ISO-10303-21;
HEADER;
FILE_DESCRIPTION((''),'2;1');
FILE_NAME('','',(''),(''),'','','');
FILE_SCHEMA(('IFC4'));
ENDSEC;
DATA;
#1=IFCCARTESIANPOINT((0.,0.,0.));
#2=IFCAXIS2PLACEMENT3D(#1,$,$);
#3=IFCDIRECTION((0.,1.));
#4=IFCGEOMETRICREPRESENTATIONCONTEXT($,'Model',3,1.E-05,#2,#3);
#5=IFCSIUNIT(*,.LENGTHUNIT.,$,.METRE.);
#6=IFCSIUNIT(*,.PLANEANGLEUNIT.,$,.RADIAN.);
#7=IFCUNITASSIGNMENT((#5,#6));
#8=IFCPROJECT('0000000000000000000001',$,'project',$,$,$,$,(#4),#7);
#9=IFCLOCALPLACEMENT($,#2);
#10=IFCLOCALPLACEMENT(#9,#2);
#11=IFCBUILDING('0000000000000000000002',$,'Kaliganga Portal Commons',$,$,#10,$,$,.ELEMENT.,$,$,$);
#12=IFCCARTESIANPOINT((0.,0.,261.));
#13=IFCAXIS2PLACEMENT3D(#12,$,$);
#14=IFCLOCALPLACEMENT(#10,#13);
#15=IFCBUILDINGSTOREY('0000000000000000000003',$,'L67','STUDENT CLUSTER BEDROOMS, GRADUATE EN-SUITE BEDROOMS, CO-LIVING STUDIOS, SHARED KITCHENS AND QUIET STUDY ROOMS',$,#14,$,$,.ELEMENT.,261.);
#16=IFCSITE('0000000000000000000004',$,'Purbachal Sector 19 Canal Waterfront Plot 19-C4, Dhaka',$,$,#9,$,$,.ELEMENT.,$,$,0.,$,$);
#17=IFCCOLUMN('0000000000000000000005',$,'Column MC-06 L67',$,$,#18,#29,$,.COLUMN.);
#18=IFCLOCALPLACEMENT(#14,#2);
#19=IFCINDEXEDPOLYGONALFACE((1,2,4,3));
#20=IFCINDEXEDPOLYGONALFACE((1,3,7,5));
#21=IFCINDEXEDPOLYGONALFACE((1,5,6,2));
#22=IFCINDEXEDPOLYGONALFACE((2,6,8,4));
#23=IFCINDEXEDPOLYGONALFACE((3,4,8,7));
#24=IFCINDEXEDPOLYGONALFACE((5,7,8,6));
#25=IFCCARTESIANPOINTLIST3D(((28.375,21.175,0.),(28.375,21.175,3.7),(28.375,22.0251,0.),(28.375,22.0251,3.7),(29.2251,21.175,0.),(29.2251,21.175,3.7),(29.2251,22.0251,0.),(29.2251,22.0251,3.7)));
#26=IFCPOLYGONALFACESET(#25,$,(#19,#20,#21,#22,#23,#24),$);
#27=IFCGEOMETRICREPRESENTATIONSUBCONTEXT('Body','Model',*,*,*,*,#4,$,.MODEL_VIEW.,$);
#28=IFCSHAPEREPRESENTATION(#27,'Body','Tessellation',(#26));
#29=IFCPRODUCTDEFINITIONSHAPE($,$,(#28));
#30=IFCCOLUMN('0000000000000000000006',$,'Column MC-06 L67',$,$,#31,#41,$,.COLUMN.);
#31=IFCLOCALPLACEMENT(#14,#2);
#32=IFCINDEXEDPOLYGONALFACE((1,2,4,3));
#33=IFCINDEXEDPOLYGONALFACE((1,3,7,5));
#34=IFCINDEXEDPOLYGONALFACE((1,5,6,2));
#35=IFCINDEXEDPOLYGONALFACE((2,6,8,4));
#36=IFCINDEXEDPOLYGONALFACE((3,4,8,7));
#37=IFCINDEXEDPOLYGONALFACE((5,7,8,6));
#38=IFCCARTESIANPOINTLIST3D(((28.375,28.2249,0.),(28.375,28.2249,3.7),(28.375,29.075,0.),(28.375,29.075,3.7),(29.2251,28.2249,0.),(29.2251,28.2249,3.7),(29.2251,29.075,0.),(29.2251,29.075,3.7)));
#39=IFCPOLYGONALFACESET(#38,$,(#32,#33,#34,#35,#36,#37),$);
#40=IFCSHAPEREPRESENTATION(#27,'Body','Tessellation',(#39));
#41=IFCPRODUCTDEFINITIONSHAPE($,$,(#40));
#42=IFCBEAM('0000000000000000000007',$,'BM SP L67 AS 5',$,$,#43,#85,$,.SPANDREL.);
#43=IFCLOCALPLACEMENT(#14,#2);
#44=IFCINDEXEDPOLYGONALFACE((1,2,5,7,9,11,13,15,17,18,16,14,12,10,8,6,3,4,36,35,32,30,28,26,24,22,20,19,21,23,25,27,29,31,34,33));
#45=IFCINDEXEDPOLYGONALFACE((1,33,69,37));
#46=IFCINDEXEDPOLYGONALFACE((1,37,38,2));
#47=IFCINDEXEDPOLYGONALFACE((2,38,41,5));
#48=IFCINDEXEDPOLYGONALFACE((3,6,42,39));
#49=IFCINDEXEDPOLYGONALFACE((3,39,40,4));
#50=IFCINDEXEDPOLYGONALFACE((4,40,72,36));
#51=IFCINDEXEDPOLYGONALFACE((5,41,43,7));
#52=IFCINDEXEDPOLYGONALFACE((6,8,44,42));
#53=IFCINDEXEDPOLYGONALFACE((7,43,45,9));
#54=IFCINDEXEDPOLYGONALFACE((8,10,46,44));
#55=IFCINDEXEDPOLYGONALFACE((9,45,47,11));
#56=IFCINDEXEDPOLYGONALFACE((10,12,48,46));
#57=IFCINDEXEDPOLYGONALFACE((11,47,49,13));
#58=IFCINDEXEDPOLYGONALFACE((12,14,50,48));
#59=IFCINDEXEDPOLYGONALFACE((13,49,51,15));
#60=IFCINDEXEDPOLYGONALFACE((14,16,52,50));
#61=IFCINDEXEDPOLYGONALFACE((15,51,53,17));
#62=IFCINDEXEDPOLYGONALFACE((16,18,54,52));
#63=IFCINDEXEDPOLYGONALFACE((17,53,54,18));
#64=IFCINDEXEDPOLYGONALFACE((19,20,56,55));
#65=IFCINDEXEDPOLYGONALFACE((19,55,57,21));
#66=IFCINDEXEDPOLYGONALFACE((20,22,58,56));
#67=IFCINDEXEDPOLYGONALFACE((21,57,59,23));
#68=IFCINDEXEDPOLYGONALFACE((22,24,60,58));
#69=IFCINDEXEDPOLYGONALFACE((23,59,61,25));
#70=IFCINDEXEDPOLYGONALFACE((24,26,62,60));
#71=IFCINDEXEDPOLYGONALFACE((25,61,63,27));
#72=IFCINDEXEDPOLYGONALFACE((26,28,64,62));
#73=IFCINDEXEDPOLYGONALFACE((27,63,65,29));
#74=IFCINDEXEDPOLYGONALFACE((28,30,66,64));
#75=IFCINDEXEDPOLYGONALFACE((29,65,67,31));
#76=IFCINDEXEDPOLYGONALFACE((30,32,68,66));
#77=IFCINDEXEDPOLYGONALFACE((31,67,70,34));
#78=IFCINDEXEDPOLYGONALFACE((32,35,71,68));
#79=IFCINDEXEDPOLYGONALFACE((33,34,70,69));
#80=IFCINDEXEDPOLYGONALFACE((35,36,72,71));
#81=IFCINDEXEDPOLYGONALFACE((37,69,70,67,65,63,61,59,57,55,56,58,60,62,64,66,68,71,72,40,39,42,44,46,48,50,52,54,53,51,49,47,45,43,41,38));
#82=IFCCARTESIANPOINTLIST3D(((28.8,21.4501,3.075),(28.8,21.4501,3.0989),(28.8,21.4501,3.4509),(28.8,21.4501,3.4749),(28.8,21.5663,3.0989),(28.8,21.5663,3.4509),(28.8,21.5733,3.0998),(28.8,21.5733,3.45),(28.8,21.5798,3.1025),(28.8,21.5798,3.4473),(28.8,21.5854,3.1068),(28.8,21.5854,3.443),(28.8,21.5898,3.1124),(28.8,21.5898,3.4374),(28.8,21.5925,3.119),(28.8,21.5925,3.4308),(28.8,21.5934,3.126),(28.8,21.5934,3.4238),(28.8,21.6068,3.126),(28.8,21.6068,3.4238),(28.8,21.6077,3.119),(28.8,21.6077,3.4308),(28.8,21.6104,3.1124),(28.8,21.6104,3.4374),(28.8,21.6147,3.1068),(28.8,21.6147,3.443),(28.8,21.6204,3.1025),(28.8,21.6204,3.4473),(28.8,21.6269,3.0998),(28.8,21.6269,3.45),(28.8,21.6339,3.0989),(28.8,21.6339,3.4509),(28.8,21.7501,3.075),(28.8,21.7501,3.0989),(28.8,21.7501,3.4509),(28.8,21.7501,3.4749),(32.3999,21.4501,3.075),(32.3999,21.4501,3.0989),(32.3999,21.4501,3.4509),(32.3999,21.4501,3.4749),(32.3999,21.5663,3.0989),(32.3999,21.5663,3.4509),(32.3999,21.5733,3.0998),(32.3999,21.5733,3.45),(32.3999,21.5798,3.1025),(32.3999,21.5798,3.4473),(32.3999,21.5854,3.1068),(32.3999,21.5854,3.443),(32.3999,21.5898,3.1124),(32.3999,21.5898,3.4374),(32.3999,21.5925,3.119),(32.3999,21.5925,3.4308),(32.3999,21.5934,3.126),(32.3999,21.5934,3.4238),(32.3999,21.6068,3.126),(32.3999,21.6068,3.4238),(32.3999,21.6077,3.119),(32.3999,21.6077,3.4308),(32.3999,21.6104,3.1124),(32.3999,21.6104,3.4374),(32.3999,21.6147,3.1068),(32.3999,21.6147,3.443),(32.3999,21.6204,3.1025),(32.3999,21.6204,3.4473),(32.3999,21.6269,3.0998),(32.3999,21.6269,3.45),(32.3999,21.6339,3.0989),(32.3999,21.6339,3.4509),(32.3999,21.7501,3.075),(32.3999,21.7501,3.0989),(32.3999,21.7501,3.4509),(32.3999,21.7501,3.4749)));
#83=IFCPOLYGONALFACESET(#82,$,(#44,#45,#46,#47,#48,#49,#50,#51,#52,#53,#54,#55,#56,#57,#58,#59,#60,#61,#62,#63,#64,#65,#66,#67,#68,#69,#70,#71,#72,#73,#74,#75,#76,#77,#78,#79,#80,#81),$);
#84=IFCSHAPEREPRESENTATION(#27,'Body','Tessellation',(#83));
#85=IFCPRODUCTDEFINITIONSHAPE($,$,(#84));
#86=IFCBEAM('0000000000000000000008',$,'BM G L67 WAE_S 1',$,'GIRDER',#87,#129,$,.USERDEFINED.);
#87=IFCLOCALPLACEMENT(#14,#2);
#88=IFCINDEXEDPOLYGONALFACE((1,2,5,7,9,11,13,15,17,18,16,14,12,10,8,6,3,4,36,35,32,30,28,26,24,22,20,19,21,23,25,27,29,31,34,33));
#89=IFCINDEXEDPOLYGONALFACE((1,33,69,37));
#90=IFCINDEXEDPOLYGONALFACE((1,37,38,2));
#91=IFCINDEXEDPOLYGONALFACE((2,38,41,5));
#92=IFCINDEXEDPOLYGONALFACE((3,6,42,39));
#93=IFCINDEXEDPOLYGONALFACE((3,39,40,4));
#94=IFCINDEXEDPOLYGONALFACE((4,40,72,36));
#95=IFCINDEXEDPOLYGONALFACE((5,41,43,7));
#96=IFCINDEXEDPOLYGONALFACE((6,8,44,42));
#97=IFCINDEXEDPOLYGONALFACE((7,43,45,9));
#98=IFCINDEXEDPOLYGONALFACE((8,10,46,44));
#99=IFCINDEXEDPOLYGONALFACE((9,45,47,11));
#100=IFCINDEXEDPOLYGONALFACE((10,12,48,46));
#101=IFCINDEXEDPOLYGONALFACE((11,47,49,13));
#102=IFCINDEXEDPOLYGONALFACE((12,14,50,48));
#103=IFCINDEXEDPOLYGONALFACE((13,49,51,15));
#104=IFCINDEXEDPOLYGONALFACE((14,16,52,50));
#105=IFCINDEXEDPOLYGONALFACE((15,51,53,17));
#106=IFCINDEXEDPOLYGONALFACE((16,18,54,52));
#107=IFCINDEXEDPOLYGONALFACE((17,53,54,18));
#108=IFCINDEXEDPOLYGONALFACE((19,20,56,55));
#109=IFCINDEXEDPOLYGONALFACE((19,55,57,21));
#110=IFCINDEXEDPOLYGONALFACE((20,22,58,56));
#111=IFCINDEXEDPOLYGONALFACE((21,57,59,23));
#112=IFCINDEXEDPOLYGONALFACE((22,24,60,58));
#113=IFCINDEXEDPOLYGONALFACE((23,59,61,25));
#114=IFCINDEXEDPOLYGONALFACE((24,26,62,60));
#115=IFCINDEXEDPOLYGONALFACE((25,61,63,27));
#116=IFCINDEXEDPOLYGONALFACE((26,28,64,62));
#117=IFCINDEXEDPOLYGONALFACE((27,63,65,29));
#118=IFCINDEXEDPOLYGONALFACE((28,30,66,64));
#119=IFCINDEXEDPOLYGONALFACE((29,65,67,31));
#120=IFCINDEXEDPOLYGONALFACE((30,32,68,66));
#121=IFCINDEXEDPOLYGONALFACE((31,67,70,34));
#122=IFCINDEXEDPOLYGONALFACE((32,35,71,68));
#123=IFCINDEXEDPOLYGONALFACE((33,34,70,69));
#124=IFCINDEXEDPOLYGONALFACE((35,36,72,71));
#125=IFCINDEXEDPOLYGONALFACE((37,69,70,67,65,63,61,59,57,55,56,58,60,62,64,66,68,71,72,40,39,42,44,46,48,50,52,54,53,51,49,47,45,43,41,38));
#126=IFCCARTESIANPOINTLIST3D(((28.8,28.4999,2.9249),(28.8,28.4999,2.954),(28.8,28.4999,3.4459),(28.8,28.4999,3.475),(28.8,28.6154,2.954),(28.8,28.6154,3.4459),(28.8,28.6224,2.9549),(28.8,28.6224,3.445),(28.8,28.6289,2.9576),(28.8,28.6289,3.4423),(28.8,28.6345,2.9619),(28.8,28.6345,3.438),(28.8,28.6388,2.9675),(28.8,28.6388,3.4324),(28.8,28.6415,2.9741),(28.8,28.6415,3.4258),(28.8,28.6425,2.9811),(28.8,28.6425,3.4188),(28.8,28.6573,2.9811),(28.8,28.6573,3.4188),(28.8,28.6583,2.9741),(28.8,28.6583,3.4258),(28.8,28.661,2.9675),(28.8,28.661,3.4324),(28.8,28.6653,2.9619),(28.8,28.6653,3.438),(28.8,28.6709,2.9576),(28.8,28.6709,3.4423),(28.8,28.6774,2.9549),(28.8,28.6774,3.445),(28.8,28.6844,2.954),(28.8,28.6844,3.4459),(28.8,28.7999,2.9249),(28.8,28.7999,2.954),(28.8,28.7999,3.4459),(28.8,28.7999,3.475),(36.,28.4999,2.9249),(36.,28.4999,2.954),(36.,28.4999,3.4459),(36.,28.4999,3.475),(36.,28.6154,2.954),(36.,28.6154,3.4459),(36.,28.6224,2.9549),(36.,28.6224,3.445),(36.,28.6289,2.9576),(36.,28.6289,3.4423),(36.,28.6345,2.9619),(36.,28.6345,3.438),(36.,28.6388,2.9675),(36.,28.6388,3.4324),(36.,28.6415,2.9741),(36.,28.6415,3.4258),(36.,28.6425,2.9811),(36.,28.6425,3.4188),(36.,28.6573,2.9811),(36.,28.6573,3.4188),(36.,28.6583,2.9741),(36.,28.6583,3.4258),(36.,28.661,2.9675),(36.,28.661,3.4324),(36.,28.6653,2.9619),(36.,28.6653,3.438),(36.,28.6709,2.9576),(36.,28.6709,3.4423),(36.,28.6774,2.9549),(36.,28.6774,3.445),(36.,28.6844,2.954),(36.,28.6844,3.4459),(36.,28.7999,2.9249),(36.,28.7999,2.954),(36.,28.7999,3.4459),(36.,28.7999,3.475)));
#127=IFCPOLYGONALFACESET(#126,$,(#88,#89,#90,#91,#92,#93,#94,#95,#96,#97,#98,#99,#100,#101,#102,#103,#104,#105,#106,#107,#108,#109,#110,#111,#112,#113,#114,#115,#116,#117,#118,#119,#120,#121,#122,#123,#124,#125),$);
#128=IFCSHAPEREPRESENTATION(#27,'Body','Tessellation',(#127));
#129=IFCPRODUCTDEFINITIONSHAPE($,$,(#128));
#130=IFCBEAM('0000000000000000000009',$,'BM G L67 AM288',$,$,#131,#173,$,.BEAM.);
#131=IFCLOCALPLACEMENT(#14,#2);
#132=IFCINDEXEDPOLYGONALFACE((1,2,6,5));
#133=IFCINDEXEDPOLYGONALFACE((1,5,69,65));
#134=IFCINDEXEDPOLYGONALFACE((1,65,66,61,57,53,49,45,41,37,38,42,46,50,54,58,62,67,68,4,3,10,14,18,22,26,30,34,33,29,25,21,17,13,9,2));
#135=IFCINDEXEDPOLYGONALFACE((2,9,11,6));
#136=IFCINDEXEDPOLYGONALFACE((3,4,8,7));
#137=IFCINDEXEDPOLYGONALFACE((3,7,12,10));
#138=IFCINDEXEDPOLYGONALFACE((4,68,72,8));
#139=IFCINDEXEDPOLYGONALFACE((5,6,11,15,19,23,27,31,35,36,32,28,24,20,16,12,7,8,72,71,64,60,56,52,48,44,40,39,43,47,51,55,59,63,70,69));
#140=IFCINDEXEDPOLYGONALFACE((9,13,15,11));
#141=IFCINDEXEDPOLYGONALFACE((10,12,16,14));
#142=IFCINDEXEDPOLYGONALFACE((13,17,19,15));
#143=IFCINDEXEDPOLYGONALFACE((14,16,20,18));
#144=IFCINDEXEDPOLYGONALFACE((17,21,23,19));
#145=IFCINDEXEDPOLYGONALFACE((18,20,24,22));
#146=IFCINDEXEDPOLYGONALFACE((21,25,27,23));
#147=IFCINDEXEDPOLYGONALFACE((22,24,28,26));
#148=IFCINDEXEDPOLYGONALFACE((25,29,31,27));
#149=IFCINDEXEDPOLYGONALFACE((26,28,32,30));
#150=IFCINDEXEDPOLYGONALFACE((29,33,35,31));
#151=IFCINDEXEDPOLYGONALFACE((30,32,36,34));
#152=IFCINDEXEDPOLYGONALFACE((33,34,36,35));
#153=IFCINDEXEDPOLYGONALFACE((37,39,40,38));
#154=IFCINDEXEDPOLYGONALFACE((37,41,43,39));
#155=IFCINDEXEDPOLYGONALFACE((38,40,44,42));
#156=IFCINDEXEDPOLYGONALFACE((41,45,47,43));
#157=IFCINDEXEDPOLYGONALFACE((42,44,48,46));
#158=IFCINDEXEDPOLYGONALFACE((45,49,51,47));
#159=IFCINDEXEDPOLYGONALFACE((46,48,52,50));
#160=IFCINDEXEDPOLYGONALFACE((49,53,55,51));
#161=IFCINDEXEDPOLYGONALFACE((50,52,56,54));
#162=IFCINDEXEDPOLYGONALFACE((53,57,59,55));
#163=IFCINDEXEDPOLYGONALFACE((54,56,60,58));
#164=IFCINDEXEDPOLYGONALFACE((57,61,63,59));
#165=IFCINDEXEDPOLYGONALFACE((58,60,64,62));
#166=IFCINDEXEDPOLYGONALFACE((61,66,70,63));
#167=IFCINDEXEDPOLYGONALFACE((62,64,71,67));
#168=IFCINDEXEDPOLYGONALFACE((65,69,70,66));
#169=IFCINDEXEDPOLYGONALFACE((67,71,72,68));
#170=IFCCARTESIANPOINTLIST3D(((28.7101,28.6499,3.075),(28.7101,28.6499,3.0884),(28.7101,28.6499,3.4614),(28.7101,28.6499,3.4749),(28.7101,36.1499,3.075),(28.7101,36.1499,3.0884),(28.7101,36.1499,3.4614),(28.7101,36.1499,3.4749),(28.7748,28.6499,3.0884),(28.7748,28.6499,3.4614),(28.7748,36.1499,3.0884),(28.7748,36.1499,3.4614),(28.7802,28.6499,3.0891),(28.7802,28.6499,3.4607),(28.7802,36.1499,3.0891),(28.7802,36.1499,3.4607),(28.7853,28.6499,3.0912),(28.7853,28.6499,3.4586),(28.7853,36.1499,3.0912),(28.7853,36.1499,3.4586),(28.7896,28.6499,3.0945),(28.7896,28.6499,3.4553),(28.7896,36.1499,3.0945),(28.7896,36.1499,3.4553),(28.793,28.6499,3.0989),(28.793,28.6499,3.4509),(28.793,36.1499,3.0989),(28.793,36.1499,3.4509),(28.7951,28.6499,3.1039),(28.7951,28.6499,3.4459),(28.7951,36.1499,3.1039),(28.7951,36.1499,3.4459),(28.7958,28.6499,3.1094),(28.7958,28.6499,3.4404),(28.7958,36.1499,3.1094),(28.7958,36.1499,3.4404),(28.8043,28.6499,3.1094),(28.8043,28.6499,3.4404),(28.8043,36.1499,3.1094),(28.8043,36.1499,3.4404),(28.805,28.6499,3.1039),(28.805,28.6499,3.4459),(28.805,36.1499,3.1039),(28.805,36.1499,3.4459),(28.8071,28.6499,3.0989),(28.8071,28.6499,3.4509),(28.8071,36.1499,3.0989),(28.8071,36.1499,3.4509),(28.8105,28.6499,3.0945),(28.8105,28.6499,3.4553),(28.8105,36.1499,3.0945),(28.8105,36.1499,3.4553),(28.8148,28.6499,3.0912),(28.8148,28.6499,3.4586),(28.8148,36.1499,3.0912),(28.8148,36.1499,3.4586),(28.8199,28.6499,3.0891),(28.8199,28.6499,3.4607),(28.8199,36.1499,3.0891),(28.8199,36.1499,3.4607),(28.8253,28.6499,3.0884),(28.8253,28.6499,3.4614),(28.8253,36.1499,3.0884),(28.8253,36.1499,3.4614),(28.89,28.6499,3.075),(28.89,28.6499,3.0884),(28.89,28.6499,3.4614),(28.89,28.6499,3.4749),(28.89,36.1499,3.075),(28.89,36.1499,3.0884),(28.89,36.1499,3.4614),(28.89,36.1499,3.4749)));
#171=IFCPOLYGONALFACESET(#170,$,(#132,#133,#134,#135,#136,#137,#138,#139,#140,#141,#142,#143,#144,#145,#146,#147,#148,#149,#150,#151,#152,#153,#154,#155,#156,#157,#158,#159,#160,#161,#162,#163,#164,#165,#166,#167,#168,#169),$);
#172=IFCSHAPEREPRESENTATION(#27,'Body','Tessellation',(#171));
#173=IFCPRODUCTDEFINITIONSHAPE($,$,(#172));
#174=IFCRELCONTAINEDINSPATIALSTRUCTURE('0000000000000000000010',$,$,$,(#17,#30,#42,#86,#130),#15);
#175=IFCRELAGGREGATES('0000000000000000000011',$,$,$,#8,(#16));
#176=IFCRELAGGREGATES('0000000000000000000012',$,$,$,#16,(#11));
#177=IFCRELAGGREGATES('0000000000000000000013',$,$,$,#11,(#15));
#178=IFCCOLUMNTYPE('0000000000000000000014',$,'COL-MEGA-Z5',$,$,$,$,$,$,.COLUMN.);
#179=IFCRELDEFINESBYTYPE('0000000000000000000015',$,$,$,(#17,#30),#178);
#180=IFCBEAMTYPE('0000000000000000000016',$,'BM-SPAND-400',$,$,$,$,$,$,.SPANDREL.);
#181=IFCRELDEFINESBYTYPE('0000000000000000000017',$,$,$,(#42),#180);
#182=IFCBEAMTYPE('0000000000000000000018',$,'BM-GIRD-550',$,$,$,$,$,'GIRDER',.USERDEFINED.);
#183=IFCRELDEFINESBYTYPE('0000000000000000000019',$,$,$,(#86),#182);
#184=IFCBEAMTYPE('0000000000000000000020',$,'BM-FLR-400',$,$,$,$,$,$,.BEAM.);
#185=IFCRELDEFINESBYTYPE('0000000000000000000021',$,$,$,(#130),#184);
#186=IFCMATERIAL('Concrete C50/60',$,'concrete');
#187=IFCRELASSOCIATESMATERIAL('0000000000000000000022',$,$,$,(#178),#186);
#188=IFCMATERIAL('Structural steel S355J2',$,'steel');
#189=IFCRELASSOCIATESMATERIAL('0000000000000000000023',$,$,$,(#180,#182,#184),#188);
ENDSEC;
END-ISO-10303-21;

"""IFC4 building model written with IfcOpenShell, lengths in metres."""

from ifc_helpers import new_model, si_unit, direction, frame, origin, origin_2d, place, context, subcontext, project, spatial, rectangle, i_section, extrude, source, transform, mapped, material, material_profile, profile_set, type_object, element, save


model = new_model("IFC4")

# Units and contexts
model_context = context("Model", 3, precision=1e-05, world=origin(), true_north=direction((0.0, 1.0)))
body_context = subcontext(model_context, "Body", "Model", "MODEL_VIEW")
ifc_project = project(units=[si_unit("LENGTHUNIT", "METRE"), si_unit("PLANEANGLEUNIT", "RADIAN")], contexts=[model_context])

# Site, building, storey
site_placement = place(None, origin())
site = spatial("IfcSite", under=ifc_project, at=site_placement, Name="Purbachal Sector 19 Canal Waterfront Plot 19-C4, Dhaka", CompositionType="ELEMENT", RefElevation=0.0)
building_placement = place(site_placement, origin())
building = spatial("IfcBuilding", under=site, at=building_placement, Name="Kaliganga Portal Commons", CompositionType="ELEMENT")
storey_placement = place(building_placement, frame((0.0, 0.0, 261.0)))
storey = spatial("IfcBuildingStorey", under=building, at=storey_placement, Name="L67", Description="STUDENT CLUSTER BEDROOMS, GRADUATE EN-SUITE BEDROOMS, CO-LIVING STUDIOS, SHARED KITCHENS AND QUIET STUDY ROOMS", CompositionType="ELEMENT", Elevation=261.0)

# Columns
ifc_material_1 = material(Name="Concrete C50/60", Category="concrete")
ifc_material_profile_1 = material_profile(ifc_material_1, rectangle(XDim=0.8501, YDim=0.8501, at=origin_2d()), Name="RC 850x850")
ifc_profile_set_1 = profile_set([ifc_material_profile_1], Name="Concrete C50/60")
column_type = type_object("IfcColumnType", Name="COL-MEGA-Z5", PredefinedType="COLUMN", material=ifc_profile_set_1)
shared_shape_1 = source(origin(), body_context, "Body", "SweptSolid", [
    extrude(rectangle(XDim=0.8501, YDim=0.8501, at=origin_2d()), origin(), (0.0, 0.0, 1.0), 3.7),
])
for number, where, z_axis, x_axis, name in (
    (1, (28.8, 21.6001, 0.0), (0.0, 0.0, 1.0), (1.0, 0.0, 0.0), "Column MC-06 L67"),
    (2, (28.8, 28.6499, 0.0), (0.0, 0.0, 1.0), (1.0, 0.0, 0.0), "Column MC-06 L67"),
):
    element("IfcColumn", number, at=place(storey_placement, frame(where, z_axis=z_axis, x_axis=x_axis)), inside=storey, type_object=column_type, Name=name, PredefinedType="COLUMN", context=body_context, shape_type="MappedRepresentation", body=[
        mapped(shared_shape_1, transform((0.0, 0.0, 0.0), x_axis=(1.0, 0.0, 0.0), y_axis=(0.0, 1.0, 0.0), z_axis=(0.0, 0.0, 1.0), scale=1.0)),
    ])

# Beams
ifc_material_2 = material(Name="Structural steel S355J2", Category="steel")
ifc_material_profile_2 = material_profile(ifc_material_2, i_section(OverallWidth=0.3, OverallDepth=0.3999, WebThickness=0.0134, FlangeThickness=0.0239, FilletRadius=0.0271, at=origin_2d()), Name="HE 400 B")
ifc_profile_set_2 = profile_set([ifc_material_profile_2], Name="Structural steel S355J2 wide-flange")
beam_type_1 = type_object("IfcBeamType", Name="BM-SPAND-400", PredefinedType="SPANDREL", material=ifc_profile_set_2)
shared_shape_2 = source(origin(), body_context, "Body", "SweptSolid", [
    extrude(i_section(OverallWidth=0.3, OverallDepth=0.3999, WebThickness=0.0134, FlangeThickness=0.0239, FilletRadius=0.0271, at=origin_2d()), origin(), (0.0, 0.0, 1.0), 3.5999),
])
beam_1_placement = place(storey_placement, frame((28.8, 21.6001, 3.2749), z_axis=(1.0, 0.0, 0.0), x_axis=(0.0, 1.0, 0.0)))
element("IfcBeam", 3, at=beam_1_placement, inside=storey, type_object=beam_type_1, Name="BM SP L67 AS 5", PredefinedType="SPANDREL", context=body_context, shape_type="MappedRepresentation", body=[
    mapped(shared_shape_2, transform((0.0, 0.0, 0.0), x_axis=(1.0, 0.0, 0.0), y_axis=(0.0, 1.0, 0.0), z_axis=(0.0, 0.0, 1.0), scale=1.0)),
])
ifc_material_profile_3 = material_profile(ifc_material_2, i_section(OverallWidth=0.3, OverallDepth=0.55, WebThickness=0.0149, FlangeThickness=0.0291, FilletRadius=0.0271, at=origin_2d()), Name="HE 550 B")
ifc_profile_set_3 = profile_set([ifc_material_profile_3], Name="Structural steel S355J2 wide-flange")
beam_type_2 = type_object("IfcBeamType", Name="BM-GIRD-550", ElementType="GIRDER", PredefinedType="USERDEFINED", material=ifc_profile_set_3)
shared_shape_3 = source(origin(), body_context, "Body", "SweptSolid", [
    extrude(i_section(OverallWidth=0.3, OverallDepth=0.55, WebThickness=0.0149, FlangeThickness=0.0291, FilletRadius=0.0271, at=origin_2d()), origin(), (0.0, 0.0, 1.0), 7.2),
])
beam_2_placement = place(storey_placement, frame((28.8, 28.6499, 3.2), z_axis=(1.0, 0.0, 0.0), x_axis=(0.0, 1.0, 0.0)))
element("IfcBeam", 4, at=beam_2_placement, inside=storey, type_object=beam_type_2, Name="BM G L67 WAE_S 1", ObjectType="GIRDER", PredefinedType="USERDEFINED", context=body_context, shape_type="MappedRepresentation", body=[
    mapped(shared_shape_3, transform((0.0, 0.0, 0.0), x_axis=(1.0, 0.0, 0.0), y_axis=(0.0, 1.0, 0.0), z_axis=(0.0, 0.0, 1.0), scale=1.0)),
])
ifc_material_profile_4 = material_profile(ifc_material_2, i_section(OverallWidth=0.1799, OverallDepth=0.3999, WebThickness=0.0085, FlangeThickness=0.0134, FilletRadius=0.021, at=origin_2d()), Name="IPE 400")
ifc_profile_set_4 = profile_set([ifc_material_profile_4], Name="Structural steel S355J2 wide-flange")
beam_type_3 = type_object("IfcBeamType", Name="BM-FLR-400", PredefinedType="BEAM", material=ifc_profile_set_4)
shared_shape_4 = source(origin(), body_context, "Body", "SweptSolid", [
    extrude(i_section(OverallWidth=0.1799, OverallDepth=0.3999, WebThickness=0.0085, FlangeThickness=0.0134, FilletRadius=0.021, at=origin_2d()), origin(), (0.0, 0.0, 1.0), 7.5),
])
beam_3_placement = place(storey_placement, frame((28.8, 28.6499, 3.2749), z_axis=(0.0, 1.0, 0.0), x_axis=(-1.0, 0.0, 0.0)))
element("IfcBeam", 5, at=beam_3_placement, inside=storey, type_object=beam_type_3, Name="BM G L67 AM288", PredefinedType="BEAM", context=body_context, shape_type="MappedRepresentation", body=[
    mapped(shared_shape_4, transform((0.0, 0.0, 0.0), x_axis=(1.0, 0.0, 0.0), y_axis=(0.0, 1.0, 0.0), z_axis=(0.0, 0.0, 1.0), scale=1.0)),
])

save(model, "model.ifc")
